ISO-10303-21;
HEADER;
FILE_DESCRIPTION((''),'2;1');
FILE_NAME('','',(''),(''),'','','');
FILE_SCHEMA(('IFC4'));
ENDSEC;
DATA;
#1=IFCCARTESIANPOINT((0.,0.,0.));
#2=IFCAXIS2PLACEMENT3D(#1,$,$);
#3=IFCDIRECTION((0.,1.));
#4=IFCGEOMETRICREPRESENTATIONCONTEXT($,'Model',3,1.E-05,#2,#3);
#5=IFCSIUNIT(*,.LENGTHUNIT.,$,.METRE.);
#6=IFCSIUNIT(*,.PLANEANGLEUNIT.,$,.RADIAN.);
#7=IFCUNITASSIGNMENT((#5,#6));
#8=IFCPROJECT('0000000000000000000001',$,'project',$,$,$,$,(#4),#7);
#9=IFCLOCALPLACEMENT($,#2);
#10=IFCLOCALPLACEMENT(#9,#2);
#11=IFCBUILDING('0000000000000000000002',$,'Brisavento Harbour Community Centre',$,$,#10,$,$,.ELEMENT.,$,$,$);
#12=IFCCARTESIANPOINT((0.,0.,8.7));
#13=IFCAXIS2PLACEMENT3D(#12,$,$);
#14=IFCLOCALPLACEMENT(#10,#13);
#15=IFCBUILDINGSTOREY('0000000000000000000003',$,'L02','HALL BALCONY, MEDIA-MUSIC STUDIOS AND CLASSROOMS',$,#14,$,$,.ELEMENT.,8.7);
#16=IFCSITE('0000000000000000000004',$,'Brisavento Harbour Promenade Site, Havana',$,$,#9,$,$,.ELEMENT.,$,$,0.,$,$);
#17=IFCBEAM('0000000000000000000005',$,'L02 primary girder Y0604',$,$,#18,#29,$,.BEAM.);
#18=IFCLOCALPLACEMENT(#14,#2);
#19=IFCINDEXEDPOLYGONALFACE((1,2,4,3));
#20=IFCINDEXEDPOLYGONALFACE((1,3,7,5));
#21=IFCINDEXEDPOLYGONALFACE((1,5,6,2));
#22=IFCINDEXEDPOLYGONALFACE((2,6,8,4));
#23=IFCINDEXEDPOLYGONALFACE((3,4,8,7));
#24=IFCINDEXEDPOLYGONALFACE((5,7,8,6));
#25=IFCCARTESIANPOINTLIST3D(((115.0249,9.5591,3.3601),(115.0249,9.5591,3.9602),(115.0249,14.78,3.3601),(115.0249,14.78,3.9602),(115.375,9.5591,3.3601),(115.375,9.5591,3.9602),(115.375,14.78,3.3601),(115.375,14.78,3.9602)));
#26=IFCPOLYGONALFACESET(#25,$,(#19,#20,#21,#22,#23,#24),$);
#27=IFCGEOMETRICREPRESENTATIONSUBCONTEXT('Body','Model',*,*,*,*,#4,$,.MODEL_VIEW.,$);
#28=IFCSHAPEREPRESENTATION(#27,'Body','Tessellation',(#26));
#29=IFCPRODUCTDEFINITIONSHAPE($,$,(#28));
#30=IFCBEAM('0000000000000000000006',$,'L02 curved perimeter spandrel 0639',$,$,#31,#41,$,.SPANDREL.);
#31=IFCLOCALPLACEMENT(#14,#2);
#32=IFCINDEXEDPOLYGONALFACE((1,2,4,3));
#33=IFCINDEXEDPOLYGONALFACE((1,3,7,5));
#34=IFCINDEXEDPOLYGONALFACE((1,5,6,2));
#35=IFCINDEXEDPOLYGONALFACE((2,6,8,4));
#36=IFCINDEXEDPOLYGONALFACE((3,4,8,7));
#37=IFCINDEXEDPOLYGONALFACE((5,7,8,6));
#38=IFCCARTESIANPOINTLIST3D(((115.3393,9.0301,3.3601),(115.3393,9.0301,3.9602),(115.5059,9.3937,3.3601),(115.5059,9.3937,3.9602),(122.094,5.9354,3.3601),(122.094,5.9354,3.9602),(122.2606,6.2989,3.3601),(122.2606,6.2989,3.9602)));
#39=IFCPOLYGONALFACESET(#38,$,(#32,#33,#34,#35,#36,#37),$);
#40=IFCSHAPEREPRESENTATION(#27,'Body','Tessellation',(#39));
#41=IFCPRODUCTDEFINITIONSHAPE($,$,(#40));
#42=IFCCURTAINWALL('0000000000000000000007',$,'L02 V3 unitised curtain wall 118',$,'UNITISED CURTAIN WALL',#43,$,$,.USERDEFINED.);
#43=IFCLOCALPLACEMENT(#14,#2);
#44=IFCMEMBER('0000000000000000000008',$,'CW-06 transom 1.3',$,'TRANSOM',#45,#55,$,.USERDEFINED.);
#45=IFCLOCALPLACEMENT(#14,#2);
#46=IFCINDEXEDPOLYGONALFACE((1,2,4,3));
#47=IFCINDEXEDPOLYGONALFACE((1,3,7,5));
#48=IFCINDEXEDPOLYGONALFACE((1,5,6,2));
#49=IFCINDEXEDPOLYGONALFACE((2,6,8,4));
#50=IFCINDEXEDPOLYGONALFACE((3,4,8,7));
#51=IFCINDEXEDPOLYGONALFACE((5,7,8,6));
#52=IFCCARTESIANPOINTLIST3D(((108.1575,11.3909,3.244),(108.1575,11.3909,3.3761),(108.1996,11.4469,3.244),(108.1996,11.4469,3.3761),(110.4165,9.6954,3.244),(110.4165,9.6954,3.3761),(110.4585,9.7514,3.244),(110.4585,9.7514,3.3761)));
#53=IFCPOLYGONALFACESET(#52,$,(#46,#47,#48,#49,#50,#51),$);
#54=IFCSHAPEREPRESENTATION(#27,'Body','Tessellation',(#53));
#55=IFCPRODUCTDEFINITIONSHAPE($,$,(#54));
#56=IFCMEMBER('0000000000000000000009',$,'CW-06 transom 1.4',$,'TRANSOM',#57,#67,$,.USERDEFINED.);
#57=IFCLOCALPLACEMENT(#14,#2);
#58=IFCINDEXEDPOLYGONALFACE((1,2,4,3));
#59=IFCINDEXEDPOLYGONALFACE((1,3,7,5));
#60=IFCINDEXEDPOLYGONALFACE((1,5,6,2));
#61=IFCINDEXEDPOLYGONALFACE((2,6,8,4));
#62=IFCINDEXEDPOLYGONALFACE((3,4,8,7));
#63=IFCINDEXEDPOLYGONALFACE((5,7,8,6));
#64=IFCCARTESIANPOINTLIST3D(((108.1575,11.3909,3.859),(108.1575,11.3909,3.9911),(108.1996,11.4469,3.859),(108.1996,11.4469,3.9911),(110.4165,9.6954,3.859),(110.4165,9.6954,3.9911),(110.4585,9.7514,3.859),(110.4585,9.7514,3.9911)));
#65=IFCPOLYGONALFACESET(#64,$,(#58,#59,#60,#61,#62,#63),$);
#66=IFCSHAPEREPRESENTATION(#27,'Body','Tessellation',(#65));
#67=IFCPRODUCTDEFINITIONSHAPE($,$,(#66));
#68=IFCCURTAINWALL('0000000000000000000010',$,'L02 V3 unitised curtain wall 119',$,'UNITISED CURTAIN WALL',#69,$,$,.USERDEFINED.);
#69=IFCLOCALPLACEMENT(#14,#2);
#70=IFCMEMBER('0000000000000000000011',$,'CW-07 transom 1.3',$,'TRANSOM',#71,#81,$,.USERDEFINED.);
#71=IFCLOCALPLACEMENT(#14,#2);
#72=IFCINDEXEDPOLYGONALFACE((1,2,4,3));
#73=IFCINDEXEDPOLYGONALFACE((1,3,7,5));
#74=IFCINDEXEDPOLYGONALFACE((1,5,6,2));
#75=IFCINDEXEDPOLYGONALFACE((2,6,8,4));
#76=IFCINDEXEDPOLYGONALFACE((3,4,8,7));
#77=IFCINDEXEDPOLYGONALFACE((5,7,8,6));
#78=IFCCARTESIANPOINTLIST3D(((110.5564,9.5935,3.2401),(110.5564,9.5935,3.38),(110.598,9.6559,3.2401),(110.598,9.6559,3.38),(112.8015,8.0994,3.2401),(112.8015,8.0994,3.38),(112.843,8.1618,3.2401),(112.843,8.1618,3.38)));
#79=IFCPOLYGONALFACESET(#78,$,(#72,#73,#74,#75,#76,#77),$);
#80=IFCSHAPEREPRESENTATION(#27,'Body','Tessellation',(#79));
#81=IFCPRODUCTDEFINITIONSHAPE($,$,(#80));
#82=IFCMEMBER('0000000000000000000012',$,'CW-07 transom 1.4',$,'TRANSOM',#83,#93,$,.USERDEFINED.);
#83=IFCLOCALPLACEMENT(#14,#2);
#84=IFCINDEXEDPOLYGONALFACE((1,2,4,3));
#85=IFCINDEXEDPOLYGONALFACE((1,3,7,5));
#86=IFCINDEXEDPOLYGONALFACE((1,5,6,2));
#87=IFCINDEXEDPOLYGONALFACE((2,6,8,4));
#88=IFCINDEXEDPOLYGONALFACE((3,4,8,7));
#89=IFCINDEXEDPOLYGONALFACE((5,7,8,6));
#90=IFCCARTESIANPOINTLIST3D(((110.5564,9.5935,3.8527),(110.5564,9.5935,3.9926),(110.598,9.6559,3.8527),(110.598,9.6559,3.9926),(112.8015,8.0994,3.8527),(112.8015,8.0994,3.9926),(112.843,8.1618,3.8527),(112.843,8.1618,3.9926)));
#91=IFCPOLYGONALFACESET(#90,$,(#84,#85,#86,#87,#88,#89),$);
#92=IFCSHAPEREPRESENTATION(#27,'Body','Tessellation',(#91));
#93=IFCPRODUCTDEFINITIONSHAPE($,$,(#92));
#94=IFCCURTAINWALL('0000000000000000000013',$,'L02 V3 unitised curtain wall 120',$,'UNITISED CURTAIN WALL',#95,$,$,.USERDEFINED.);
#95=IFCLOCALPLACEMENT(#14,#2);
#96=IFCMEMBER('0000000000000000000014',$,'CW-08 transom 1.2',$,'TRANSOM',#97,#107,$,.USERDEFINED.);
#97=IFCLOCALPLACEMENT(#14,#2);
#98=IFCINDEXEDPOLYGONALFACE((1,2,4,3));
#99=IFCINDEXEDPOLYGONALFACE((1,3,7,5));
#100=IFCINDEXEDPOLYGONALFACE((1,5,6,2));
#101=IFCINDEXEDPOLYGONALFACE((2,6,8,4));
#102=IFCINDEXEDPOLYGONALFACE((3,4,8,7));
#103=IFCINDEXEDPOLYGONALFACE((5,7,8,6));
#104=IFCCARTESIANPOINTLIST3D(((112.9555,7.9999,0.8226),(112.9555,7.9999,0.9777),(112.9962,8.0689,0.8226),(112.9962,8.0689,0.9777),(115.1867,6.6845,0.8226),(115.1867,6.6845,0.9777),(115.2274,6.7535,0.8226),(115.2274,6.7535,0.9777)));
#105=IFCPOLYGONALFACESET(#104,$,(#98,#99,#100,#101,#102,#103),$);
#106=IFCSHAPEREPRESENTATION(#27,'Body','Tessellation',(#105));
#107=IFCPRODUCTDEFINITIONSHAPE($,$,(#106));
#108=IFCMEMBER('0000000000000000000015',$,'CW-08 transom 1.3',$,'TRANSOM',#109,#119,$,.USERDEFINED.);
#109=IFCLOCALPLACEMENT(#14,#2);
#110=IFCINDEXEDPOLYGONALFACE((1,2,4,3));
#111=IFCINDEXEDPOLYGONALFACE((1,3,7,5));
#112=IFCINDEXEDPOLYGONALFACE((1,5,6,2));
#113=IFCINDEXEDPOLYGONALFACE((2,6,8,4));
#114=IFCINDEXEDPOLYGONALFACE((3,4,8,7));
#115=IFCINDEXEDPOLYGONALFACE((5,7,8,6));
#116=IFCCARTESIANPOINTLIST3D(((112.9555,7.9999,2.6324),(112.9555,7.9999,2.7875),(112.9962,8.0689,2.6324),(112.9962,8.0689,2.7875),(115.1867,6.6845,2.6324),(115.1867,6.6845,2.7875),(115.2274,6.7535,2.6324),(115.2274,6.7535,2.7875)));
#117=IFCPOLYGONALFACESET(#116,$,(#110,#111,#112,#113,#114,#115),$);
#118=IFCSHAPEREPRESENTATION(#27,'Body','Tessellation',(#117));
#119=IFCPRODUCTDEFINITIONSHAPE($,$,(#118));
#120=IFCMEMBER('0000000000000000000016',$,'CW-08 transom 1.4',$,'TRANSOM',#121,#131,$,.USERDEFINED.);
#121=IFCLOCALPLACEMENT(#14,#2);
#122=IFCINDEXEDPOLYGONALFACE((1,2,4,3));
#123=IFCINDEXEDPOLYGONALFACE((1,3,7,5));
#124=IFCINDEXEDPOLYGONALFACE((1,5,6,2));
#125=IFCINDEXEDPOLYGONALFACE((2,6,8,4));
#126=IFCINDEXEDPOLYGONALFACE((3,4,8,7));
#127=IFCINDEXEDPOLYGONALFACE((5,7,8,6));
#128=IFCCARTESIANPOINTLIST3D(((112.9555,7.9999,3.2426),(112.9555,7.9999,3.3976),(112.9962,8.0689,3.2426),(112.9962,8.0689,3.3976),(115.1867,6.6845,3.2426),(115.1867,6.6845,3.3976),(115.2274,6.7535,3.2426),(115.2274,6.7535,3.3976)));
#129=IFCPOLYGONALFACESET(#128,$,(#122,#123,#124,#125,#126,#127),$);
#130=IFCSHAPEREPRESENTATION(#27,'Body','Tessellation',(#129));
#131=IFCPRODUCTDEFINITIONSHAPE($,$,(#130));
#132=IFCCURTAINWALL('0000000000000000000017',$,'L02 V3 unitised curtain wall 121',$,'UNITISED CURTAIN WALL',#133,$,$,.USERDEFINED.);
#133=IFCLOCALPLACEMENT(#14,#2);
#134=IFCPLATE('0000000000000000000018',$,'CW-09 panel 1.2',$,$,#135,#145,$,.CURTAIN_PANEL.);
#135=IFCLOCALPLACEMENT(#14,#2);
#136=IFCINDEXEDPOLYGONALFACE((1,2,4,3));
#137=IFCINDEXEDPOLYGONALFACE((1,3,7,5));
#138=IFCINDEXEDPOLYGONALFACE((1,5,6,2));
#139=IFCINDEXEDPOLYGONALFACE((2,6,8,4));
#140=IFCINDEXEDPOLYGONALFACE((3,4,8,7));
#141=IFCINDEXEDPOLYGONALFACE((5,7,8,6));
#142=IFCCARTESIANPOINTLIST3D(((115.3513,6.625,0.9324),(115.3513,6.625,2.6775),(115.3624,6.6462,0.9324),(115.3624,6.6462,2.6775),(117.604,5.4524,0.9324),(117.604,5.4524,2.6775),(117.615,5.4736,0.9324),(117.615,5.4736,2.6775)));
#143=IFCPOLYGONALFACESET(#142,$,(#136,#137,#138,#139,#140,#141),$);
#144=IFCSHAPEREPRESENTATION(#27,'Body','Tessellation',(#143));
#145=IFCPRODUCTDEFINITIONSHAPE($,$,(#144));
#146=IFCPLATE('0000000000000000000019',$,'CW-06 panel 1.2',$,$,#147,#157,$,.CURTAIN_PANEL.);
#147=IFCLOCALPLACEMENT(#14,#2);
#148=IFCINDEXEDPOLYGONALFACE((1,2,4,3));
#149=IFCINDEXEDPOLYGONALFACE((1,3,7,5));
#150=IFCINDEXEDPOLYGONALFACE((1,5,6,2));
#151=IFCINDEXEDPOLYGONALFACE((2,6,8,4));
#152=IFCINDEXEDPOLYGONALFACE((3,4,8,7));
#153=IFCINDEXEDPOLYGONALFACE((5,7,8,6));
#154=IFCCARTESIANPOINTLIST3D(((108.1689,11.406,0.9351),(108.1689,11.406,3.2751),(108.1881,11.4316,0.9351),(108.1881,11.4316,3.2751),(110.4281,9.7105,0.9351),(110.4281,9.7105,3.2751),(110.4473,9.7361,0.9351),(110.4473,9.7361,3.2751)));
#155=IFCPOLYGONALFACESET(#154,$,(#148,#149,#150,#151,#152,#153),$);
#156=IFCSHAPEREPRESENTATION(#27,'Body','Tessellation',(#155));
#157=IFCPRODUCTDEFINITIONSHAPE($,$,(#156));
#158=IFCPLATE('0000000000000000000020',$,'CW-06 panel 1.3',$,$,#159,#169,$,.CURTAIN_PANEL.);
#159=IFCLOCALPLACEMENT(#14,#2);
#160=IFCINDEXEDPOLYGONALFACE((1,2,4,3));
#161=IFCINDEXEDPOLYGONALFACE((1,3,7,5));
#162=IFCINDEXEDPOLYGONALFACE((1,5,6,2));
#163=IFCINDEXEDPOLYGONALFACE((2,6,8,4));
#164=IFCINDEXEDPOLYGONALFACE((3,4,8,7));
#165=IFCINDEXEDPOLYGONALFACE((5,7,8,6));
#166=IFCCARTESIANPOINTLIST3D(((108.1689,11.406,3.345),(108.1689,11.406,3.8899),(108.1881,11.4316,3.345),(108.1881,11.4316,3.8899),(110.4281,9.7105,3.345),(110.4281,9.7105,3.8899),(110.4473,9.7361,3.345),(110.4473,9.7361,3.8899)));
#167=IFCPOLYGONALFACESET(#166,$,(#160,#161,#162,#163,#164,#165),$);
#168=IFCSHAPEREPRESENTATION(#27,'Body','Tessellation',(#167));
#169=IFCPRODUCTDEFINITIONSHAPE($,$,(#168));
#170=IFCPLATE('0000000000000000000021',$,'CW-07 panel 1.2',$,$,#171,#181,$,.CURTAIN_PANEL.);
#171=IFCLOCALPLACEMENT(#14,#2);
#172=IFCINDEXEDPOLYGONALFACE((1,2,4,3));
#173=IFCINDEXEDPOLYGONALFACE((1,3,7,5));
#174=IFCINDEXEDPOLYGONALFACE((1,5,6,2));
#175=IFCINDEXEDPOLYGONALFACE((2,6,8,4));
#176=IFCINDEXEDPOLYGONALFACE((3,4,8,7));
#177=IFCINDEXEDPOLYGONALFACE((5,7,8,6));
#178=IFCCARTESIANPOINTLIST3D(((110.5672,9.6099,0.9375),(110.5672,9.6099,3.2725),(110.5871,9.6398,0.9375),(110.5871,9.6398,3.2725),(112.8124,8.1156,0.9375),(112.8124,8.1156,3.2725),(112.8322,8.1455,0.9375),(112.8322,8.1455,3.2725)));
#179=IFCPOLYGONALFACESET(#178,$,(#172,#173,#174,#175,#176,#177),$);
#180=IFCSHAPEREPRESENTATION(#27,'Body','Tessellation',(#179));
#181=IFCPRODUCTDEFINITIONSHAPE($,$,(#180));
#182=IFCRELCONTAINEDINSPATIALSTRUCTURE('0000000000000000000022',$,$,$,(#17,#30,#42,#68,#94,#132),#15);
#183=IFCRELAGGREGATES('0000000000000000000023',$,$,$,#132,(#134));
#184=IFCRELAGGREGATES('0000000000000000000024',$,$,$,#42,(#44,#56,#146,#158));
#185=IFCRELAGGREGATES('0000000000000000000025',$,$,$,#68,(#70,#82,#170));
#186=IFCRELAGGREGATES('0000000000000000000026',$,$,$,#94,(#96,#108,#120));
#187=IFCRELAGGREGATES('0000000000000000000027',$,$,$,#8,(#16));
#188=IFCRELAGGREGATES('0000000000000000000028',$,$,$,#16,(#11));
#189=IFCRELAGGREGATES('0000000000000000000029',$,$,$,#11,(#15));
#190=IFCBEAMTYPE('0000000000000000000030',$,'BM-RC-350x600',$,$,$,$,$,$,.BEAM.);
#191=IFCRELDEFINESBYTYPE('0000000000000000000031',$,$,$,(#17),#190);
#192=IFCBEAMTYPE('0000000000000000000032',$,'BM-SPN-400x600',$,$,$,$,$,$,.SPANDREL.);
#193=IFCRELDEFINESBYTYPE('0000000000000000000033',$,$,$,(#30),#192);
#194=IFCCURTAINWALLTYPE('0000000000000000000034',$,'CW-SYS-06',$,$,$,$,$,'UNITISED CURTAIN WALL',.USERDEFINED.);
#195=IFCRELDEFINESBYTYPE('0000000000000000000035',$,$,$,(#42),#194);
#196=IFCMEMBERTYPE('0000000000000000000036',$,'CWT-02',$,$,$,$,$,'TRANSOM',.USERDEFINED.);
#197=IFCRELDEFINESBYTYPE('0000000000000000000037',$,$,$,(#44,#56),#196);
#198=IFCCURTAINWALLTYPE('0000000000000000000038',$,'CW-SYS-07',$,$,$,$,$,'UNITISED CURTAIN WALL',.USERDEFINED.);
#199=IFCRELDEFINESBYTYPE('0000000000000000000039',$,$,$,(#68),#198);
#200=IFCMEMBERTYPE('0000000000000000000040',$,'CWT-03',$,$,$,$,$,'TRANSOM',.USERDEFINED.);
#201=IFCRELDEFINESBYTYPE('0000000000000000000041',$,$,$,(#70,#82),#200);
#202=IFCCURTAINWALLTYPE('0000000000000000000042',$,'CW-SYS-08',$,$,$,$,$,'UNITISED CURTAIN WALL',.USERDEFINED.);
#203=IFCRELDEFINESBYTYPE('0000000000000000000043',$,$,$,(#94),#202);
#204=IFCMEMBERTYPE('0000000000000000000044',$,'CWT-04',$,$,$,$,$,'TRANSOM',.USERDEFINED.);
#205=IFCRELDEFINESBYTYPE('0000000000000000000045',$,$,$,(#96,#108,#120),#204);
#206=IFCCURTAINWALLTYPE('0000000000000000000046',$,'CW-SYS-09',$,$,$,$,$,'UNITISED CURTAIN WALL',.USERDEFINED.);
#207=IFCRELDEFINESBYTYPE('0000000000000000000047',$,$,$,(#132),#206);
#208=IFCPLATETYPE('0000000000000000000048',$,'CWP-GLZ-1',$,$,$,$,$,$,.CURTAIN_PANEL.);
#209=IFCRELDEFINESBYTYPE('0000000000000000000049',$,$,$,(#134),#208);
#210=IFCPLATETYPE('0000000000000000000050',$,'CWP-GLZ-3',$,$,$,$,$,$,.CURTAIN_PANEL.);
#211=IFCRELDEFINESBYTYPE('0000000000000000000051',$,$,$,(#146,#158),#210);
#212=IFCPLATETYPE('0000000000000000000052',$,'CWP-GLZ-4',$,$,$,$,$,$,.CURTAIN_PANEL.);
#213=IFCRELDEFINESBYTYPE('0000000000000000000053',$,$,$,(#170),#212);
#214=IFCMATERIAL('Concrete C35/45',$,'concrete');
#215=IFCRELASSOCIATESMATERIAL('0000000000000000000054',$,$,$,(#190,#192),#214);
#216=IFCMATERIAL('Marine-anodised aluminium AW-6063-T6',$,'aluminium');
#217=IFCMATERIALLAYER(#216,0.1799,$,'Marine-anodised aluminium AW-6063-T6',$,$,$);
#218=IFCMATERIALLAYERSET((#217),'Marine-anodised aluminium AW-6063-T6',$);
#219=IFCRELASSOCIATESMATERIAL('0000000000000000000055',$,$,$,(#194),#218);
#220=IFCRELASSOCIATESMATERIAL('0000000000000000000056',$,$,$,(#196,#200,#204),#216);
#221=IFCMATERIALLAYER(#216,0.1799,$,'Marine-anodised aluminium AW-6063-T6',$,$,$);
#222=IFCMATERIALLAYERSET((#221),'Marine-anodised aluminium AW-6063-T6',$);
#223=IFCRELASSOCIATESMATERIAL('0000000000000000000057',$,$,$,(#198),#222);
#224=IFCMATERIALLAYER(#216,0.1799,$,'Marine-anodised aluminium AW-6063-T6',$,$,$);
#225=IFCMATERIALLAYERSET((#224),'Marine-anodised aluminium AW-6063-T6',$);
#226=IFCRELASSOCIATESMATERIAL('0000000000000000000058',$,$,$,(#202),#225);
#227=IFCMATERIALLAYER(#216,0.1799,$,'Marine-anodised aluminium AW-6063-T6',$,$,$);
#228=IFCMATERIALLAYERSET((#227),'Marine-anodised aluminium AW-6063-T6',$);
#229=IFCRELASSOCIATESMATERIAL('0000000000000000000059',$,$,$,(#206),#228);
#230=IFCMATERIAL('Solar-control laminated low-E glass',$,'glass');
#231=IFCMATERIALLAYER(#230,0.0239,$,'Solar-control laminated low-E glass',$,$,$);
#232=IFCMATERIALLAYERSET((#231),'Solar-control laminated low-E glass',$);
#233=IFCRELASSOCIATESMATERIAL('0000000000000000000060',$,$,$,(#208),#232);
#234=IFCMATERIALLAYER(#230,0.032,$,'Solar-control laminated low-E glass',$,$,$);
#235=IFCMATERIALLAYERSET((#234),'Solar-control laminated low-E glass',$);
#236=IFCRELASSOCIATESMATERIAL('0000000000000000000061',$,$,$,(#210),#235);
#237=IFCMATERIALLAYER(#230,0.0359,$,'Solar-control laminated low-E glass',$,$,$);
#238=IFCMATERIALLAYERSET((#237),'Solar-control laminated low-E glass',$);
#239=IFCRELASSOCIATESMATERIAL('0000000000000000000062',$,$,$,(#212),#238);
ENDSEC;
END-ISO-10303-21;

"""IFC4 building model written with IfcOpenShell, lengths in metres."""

from ifc_helpers import new_model, si_unit, direction, frame, origin, origin_2d, place, context, subcontext, project, spatial, rectangle, extrude, material, layer, layer_set, material_profile, profile_set, type_object, element, aggregate, save


model = new_model("IFC4")

# Units and contexts
model_context = context("Model", 3, precision=1e-05, world=origin(), true_north=direction((0.0, 1.0)))
body_context = subcontext(model_context, "Body", "Model", "MODEL_VIEW")
ifc_project = project(units=[si_unit("LENGTHUNIT", "METRE"), si_unit("PLANEANGLEUNIT", "RADIAN")], contexts=[model_context])

# Site, building, storey
site_placement = place(None, origin())
site = spatial("IfcSite", under=ifc_project, at=site_placement, Name="Brisavento Harbour Promenade Site, Havana", CompositionType="ELEMENT", RefElevation=0.0)
building_placement = place(site_placement, origin())
building = spatial("IfcBuilding", under=site, at=building_placement, Name="Brisavento Harbour Community Centre", CompositionType="ELEMENT")
storey_placement = place(building_placement, frame((0.0, 0.0, 8.7)))
storey = spatial("IfcBuildingStorey", under=building, at=storey_placement, Name="L02", Description="HALL BALCONY, MEDIA-MUSIC STUDIOS AND CLASSROOMS", CompositionType="ELEMENT", Elevation=8.7)

# Beams
ifc_material_1 = material(Name="Concrete C35/45", Category="concrete")
ifc_material_profile_1 = material_profile(ifc_material_1, rectangle(XDim=0.3501, YDim=0.6001, at=origin_2d()), Name="Concrete C35/45")
ifc_profile_set_1 = profile_set([ifc_material_profile_1], Name="Concrete C35/45")
beam_type_1 = type_object("IfcBeamType", Name="BM-RC-350x600", PredefinedType="BEAM", material=ifc_profile_set_1)
beam_1_placement = place(storey_placement, frame((115.2, 9.5591, 3.6602), z_axis=(0.0, 1.0, 0.0), x_axis=(-1.0, 0.0, 0.0)))
element("IfcBeam", 1, at=beam_1_placement, inside=storey, type_object=beam_type_1, Name="L02 primary girder Y0604", PredefinedType="BEAM", context=body_context, shape_type="SweptSolid", body=[
    extrude(rectangle(XDim=0.3501, YDim=0.6001, at=origin_2d()), origin(), (0.0, 0.0, 1.0), 5.2209),
])
ifc_material_profile_2 = material_profile(ifc_material_1, rectangle(XDim=0.3999, YDim=0.6001, at=origin_2d()), Name="Concrete C35/45")
ifc_profile_set_2 = profile_set([ifc_material_profile_2], Name="Concrete C35/45")
beam_type_2 = type_object("IfcBeamType", Name="BM-SPN-400x600", PredefinedType="SPANDREL", material=ifc_profile_set_2)
beam_2_placement = place(storey_placement, frame((115.4226, 9.2119, 3.6602), z_axis=(0.909123, -0.416527, 0.0), x_axis=(0.416527, 0.909123, 0.0)))
element("IfcBeam", 2, at=beam_2_placement, inside=storey, type_object=beam_type_2, Name="L02 curved perimeter spandrel 0639", PredefinedType="SPANDREL", context=body_context, shape_type="SweptSolid", body=[
    extrude(rectangle(XDim=0.3999, YDim=0.6001, at=origin_2d()), origin(), (0.0, 0.0, 1.0), 7.4299),
])

# Curtain walls, members
ifc_material_2 = material(Name="Marine-anodised aluminium AW-6063-T6", Category="aluminium")
ifc_layer_1 = layer(ifc_material_2, 0.1799, Name="Marine-anodised aluminium AW-6063-T6")
ifc_layer_set_1 = layer_set([ifc_layer_1], Name="Marine-anodised aluminium AW-6063-T6")
curtain_wall_type_1 = type_object("IfcCurtainWallType", Name="CW-SYS-06", ElementType="UNITISED CURTAIN WALL", PredefinedType="USERDEFINED", material=ifc_layer_set_1)
curtain_wall_1_placement = place(storey_placement, origin())
curtain_wall_1 = element("IfcCurtainWall", 3, at=curtain_wall_1_placement, inside=storey, type_object=curtain_wall_type_1, Name="L02 V3 unitised curtain wall 118", ObjectType="UNITISED CURTAIN WALL", PredefinedType="USERDEFINED")
ifc_material_profile_3 = material_profile(ifc_material_2, rectangle(XDim=0.0701, YDim=0.1321, at=origin_2d()), Name="Marine-anodised aluminium AW-6063-T6")
ifc_profile_set_3 = profile_set([ifc_material_profile_3], Name="Marine-anodised aluminium AW-6063-T6")
member_type_1 = type_object("IfcMemberType", Name="CWT-02", ElementType="TRANSOM", PredefinedType="USERDEFINED", material=ifc_profile_set_3)
member_1_placement = place(storey_placement, frame((110.4375, 9.7234, 3.3101), z_axis=(-0.799782, 0.60029, 0.0), x_axis=(-0.60029, -0.799782, 0.0)))
member_1 = element("IfcMember", 4, at=member_1_placement, type_object=member_type_1, Name="CW-06 transom 1.3", ObjectType="TRANSOM", PredefinedType="USERDEFINED", context=body_context, shape_type="SweptSolid", body=[
    extrude(rectangle(XDim=0.0701, YDim=0.1321, at=origin_2d()), origin(), (0.0, 0.0, 1.0), 2.8245),
])
member_2_placement = place(storey_placement, frame((110.4375, 9.7234, 3.925), z_axis=(-0.799782, 0.60029, 0.0), x_axis=(-0.60029, -0.799782, 0.0)))
member_2 = element("IfcMember", 5, at=member_2_placement, type_object=member_type_1, Name="CW-06 transom 1.4", ObjectType="TRANSOM", PredefinedType="USERDEFINED", context=body_context, shape_type="SweptSolid", body=[
    extrude(rectangle(XDim=0.0701, YDim=0.1321, at=origin_2d()), origin(), (0.0, 0.0, 1.0), 2.8245),
])
ifc_layer_2 = layer(ifc_material_2, 0.1799, Name="Marine-anodised aluminium AW-6063-T6")
ifc_layer_set_2 = layer_set([ifc_layer_2], Name="Marine-anodised aluminium AW-6063-T6")
curtain_wall_type_2 = type_object("IfcCurtainWallType", Name="CW-SYS-07", ElementType="UNITISED CURTAIN WALL", PredefinedType="USERDEFINED", material=ifc_layer_set_2)
curtain_wall_2_placement = place(storey_placement, origin())
curtain_wall_2 = element("IfcCurtainWall", 6, at=curtain_wall_2_placement, inside=storey, type_object=curtain_wall_type_2, Name="L02 V3 unitised curtain wall 119", ObjectType="UNITISED CURTAIN WALL", PredefinedType="USERDEFINED")
ifc_material_profile_4 = material_profile(ifc_material_2, rectangle(XDim=0.075, YDim=0.1399, at=origin_2d()), Name="Marine-anodised aluminium AW-6063-T6")
ifc_profile_set_4 = profile_set([ifc_material_profile_4], Name="Marine-anodised aluminium AW-6063-T6")
member_type_2 = type_object("IfcMemberType", Name="CWT-03", ElementType="TRANSOM", PredefinedType="USERDEFINED", material=ifc_profile_set_4)
member_3_placement = place(storey_placement, frame((112.8223, 8.1306, 3.3101), z_axis=(-0.832496, 0.554032, 0.0), x_axis=(-0.554032, -0.832496, 0.0)))
member_3 = element("IfcMember", 7, at=member_3_placement, type_object=member_type_2, Name="CW-07 transom 1.3", ObjectType="TRANSOM", PredefinedType="USERDEFINED", context=body_context, shape_type="SweptSolid", body=[
    extrude(rectangle(XDim=0.075, YDim=0.1399, at=origin_2d()), origin(), (0.0, 0.0, 1.0), 2.6968),
])
member_4_placement = place(storey_placement, frame((112.8223, 8.1306, 3.9226), z_axis=(-0.832496, 0.554032, 0.0), x_axis=(-0.554032, -0.832496, 0.0)))
member_4 = element("IfcMember", 8, at=member_4_placement, type_object=member_type_2, Name="CW-07 transom 1.4", ObjectType="TRANSOM", PredefinedType="USERDEFINED", context=body_context, shape_type="SweptSolid", body=[
    extrude(rectangle(XDim=0.075, YDim=0.1399, at=origin_2d()), origin(), (0.0, 0.0, 1.0), 2.6968),
])
ifc_layer_3 = layer(ifc_material_2, 0.1799, Name="Marine-anodised aluminium AW-6063-T6")
ifc_layer_set_3 = layer_set([ifc_layer_3], Name="Marine-anodised aluminium AW-6063-T6")
curtain_wall_type_3 = type_object("IfcCurtainWallType", Name="CW-SYS-08", ElementType="UNITISED CURTAIN WALL", PredefinedType="USERDEFINED", material=ifc_layer_set_3)
curtain_wall_3_placement = place(storey_placement, origin())
curtain_wall_3 = element("IfcCurtainWall", 9, at=curtain_wall_3_placement, inside=storey, type_object=curtain_wall_type_3, Name="L02 V3 unitised curtain wall 120", ObjectType="UNITISED CURTAIN WALL", PredefinedType="USERDEFINED")
ifc_material_profile_5 = material_profile(ifc_material_2, rectangle(XDim=0.0801, YDim=0.155, at=origin_2d()), Name="Marine-anodised aluminium AW-6063-T6")
ifc_profile_set_5 = profile_set([ifc_material_profile_5], Name="Marine-anodised aluminium AW-6063-T6")
member_type_3 = type_object("IfcMemberType", Name="CWT-04", ElementType="TRANSOM", PredefinedType="USERDEFINED", material=ifc_profile_set_5)
member_5_placement = place(storey_placement, frame((115.207, 6.719, 0.9001), z_axis=(-0.861435, 0.507868, 0.0), x_axis=(-0.507868, -0.861435, 0.0)))
member_5 = element("IfcMember", 10, at=member_5_placement, type_object=member_type_3, Name="CW-08 transom 1.2", ObjectType="TRANSOM", PredefinedType="USERDEFINED", context=body_context, shape_type="SweptSolid", body=[
    extrude(rectangle(XDim=0.0801, YDim=0.155, at=origin_2d()), origin(), (0.0, 0.0, 1.0), 2.5901),
])
member_6_placement = place(storey_placement, frame((115.207, 6.719, 2.71), z_axis=(-0.861435, 0.507868, 0.0), x_axis=(-0.507868, -0.861435, 0.0)))
member_6 = element("IfcMember", 11, at=member_6_placement, type_object=member_type_3, Name="CW-08 transom 1.3", ObjectType="TRANSOM", PredefinedType="USERDEFINED", context=body_context, shape_type="SweptSolid", body=[
    extrude(rectangle(XDim=0.0801, YDim=0.155, at=origin_2d()), origin(), (0.0, 0.0, 1.0), 2.5901),
])
member_7_placement = place(storey_placement, frame((115.207, 6.719, 3.3201), z_axis=(-0.861435, 0.507868, 0.0), x_axis=(-0.507868, -0.861435, 0.0)))
member_7 = element("IfcMember", 12, at=member_7_placement, type_object=member_type_3, Name="CW-08 transom 1.4", ObjectType="TRANSOM", PredefinedType="USERDEFINED", context=body_context, shape_type="SweptSolid", body=[
    extrude(rectangle(XDim=0.0801, YDim=0.155, at=origin_2d()), origin(), (0.0, 0.0, 1.0), 2.5901),
])

# Curtain wall, plate
ifc_layer_4 = layer(ifc_material_2, 0.1799, Name="Marine-anodised aluminium AW-6063-T6")
ifc_layer_set_4 = layer_set([ifc_layer_4], Name="Marine-anodised aluminium AW-6063-T6")
curtain_wall_type_4 = type_object("IfcCurtainWallType", Name="CW-SYS-09", ElementType="UNITISED CURTAIN WALL", PredefinedType="USERDEFINED", material=ifc_layer_set_4)
curtain_wall_4_placement = place(storey_placement, origin())
curtain_wall_4 = element("IfcCurtainWall", 13, at=curtain_wall_4_placement, inside=storey, type_object=curtain_wall_type_4, Name="L02 V3 unitised curtain wall 121", ObjectType="UNITISED CURTAIN WALL", PredefinedType="USERDEFINED")
ifc_material_3 = material(Name="Solar-control laminated low-E glass", Category="glass")
ifc_layer_5 = layer(ifc_material_3, 0.0239, Name="Solar-control laminated low-E glass")
ifc_layer_set_5 = layer_set([ifc_layer_5], Name="Solar-control laminated low-E glass")
plate_type_1 = type_object("IfcPlateType", Name="CWP-GLZ-1", PredefinedType="CURTAIN_PANEL", material=ifc_layer_set_5)
plate_1_placement = place(storey_placement, frame((116.4832, 6.0493, 0.9324), z_axis=(0.0, 0.0, 1.0), x_axis=(-0.887027, 0.461718, 0.0)))
plate_1 = element("IfcPlate", 14, at=plate_1_placement, type_object=plate_type_1, Name="CW-09 panel 1.2", PredefinedType="CURTAIN_PANEL", context=body_context, shape_type="SweptSolid", body=[
    extrude(rectangle(XDim=2.5396, YDim=0.0239, at=origin_2d()), origin(), (0.0, 0.0, 1.0), 1.7451),
])
aggregate(curtain_wall_4, [plate_1])

# Plates
ifc_layer_6 = layer(ifc_material_3, 0.032, Name="Solar-control laminated low-E glass")
ifc_layer_set_6 = layer_set([ifc_layer_6], Name="Solar-control laminated low-E glass")
plate_type_2 = type_object("IfcPlateType", Name="CWP-GLZ-3", PredefinedType="CURTAIN_PANEL", material=ifc_layer_set_6)
plate_2_placement = place(storey_placement, frame((109.3081, 10.571, 0.9351), z_axis=(0.0, 0.0, 1.0), x_axis=(-0.799806, 0.600259, 0.0)))
plate_2 = element("IfcPlate", 15, at=plate_2_placement, type_object=plate_type_2, Name="CW-06 panel 1.2", PredefinedType="CURTAIN_PANEL", context=body_context, shape_type="SweptSolid", body=[
    extrude(rectangle(XDim=2.8247, YDim=0.032, at=origin_2d()), origin(), (0.0, 0.0, 1.0), 2.3401),
])
plate_3_placement = place(storey_placement, frame((109.3081, 10.571, 3.345), z_axis=(0.0, 0.0, 1.0), x_axis=(-0.799806, 0.600259, 0.0)))
plate_3 = element("IfcPlate", 16, at=plate_3_placement, type_object=plate_type_2, Name="CW-06 panel 1.3", PredefinedType="CURTAIN_PANEL", context=body_context, shape_type="SweptSolid", body=[
    extrude(rectangle(XDim=2.8247, YDim=0.032, at=origin_2d()), origin(), (0.0, 0.0, 1.0), 0.5449),
])
aggregate(curtain_wall_1, [member_1, member_2, plate_2, plate_3])
ifc_layer_7 = layer(ifc_material_3, 0.0359, Name="Solar-control laminated low-E glass")
ifc_layer_set_7 = layer_set([ifc_layer_7], Name="Solar-control laminated low-E glass")
plate_type_3 = type_object("IfcPlateType", Name="CWP-GLZ-4", PredefinedType="CURTAIN_PANEL", material=ifc_layer_set_7)
plate_4_placement = place(storey_placement, frame((111.6997, 8.8777, 0.9375), z_axis=(0.0, 0.0, 1.0), x_axis=(-0.832472, 0.554068, 0.0)))
plate_4 = element("IfcPlate", 17, at=plate_4_placement, type_object=plate_type_3, Name="CW-07 panel 1.2", PredefinedType="CURTAIN_PANEL", context=body_context, shape_type="SweptSolid", body=[
    extrude(rectangle(XDim=2.697, YDim=0.0359, at=origin_2d()), origin(), (0.0, 0.0, 1.0), 2.335),
])
aggregate(curtain_wall_2, [member_3, member_4, plate_4])
aggregate(curtain_wall_3, [member_5, member_6, member_7])

save(model, "model.ifc")
